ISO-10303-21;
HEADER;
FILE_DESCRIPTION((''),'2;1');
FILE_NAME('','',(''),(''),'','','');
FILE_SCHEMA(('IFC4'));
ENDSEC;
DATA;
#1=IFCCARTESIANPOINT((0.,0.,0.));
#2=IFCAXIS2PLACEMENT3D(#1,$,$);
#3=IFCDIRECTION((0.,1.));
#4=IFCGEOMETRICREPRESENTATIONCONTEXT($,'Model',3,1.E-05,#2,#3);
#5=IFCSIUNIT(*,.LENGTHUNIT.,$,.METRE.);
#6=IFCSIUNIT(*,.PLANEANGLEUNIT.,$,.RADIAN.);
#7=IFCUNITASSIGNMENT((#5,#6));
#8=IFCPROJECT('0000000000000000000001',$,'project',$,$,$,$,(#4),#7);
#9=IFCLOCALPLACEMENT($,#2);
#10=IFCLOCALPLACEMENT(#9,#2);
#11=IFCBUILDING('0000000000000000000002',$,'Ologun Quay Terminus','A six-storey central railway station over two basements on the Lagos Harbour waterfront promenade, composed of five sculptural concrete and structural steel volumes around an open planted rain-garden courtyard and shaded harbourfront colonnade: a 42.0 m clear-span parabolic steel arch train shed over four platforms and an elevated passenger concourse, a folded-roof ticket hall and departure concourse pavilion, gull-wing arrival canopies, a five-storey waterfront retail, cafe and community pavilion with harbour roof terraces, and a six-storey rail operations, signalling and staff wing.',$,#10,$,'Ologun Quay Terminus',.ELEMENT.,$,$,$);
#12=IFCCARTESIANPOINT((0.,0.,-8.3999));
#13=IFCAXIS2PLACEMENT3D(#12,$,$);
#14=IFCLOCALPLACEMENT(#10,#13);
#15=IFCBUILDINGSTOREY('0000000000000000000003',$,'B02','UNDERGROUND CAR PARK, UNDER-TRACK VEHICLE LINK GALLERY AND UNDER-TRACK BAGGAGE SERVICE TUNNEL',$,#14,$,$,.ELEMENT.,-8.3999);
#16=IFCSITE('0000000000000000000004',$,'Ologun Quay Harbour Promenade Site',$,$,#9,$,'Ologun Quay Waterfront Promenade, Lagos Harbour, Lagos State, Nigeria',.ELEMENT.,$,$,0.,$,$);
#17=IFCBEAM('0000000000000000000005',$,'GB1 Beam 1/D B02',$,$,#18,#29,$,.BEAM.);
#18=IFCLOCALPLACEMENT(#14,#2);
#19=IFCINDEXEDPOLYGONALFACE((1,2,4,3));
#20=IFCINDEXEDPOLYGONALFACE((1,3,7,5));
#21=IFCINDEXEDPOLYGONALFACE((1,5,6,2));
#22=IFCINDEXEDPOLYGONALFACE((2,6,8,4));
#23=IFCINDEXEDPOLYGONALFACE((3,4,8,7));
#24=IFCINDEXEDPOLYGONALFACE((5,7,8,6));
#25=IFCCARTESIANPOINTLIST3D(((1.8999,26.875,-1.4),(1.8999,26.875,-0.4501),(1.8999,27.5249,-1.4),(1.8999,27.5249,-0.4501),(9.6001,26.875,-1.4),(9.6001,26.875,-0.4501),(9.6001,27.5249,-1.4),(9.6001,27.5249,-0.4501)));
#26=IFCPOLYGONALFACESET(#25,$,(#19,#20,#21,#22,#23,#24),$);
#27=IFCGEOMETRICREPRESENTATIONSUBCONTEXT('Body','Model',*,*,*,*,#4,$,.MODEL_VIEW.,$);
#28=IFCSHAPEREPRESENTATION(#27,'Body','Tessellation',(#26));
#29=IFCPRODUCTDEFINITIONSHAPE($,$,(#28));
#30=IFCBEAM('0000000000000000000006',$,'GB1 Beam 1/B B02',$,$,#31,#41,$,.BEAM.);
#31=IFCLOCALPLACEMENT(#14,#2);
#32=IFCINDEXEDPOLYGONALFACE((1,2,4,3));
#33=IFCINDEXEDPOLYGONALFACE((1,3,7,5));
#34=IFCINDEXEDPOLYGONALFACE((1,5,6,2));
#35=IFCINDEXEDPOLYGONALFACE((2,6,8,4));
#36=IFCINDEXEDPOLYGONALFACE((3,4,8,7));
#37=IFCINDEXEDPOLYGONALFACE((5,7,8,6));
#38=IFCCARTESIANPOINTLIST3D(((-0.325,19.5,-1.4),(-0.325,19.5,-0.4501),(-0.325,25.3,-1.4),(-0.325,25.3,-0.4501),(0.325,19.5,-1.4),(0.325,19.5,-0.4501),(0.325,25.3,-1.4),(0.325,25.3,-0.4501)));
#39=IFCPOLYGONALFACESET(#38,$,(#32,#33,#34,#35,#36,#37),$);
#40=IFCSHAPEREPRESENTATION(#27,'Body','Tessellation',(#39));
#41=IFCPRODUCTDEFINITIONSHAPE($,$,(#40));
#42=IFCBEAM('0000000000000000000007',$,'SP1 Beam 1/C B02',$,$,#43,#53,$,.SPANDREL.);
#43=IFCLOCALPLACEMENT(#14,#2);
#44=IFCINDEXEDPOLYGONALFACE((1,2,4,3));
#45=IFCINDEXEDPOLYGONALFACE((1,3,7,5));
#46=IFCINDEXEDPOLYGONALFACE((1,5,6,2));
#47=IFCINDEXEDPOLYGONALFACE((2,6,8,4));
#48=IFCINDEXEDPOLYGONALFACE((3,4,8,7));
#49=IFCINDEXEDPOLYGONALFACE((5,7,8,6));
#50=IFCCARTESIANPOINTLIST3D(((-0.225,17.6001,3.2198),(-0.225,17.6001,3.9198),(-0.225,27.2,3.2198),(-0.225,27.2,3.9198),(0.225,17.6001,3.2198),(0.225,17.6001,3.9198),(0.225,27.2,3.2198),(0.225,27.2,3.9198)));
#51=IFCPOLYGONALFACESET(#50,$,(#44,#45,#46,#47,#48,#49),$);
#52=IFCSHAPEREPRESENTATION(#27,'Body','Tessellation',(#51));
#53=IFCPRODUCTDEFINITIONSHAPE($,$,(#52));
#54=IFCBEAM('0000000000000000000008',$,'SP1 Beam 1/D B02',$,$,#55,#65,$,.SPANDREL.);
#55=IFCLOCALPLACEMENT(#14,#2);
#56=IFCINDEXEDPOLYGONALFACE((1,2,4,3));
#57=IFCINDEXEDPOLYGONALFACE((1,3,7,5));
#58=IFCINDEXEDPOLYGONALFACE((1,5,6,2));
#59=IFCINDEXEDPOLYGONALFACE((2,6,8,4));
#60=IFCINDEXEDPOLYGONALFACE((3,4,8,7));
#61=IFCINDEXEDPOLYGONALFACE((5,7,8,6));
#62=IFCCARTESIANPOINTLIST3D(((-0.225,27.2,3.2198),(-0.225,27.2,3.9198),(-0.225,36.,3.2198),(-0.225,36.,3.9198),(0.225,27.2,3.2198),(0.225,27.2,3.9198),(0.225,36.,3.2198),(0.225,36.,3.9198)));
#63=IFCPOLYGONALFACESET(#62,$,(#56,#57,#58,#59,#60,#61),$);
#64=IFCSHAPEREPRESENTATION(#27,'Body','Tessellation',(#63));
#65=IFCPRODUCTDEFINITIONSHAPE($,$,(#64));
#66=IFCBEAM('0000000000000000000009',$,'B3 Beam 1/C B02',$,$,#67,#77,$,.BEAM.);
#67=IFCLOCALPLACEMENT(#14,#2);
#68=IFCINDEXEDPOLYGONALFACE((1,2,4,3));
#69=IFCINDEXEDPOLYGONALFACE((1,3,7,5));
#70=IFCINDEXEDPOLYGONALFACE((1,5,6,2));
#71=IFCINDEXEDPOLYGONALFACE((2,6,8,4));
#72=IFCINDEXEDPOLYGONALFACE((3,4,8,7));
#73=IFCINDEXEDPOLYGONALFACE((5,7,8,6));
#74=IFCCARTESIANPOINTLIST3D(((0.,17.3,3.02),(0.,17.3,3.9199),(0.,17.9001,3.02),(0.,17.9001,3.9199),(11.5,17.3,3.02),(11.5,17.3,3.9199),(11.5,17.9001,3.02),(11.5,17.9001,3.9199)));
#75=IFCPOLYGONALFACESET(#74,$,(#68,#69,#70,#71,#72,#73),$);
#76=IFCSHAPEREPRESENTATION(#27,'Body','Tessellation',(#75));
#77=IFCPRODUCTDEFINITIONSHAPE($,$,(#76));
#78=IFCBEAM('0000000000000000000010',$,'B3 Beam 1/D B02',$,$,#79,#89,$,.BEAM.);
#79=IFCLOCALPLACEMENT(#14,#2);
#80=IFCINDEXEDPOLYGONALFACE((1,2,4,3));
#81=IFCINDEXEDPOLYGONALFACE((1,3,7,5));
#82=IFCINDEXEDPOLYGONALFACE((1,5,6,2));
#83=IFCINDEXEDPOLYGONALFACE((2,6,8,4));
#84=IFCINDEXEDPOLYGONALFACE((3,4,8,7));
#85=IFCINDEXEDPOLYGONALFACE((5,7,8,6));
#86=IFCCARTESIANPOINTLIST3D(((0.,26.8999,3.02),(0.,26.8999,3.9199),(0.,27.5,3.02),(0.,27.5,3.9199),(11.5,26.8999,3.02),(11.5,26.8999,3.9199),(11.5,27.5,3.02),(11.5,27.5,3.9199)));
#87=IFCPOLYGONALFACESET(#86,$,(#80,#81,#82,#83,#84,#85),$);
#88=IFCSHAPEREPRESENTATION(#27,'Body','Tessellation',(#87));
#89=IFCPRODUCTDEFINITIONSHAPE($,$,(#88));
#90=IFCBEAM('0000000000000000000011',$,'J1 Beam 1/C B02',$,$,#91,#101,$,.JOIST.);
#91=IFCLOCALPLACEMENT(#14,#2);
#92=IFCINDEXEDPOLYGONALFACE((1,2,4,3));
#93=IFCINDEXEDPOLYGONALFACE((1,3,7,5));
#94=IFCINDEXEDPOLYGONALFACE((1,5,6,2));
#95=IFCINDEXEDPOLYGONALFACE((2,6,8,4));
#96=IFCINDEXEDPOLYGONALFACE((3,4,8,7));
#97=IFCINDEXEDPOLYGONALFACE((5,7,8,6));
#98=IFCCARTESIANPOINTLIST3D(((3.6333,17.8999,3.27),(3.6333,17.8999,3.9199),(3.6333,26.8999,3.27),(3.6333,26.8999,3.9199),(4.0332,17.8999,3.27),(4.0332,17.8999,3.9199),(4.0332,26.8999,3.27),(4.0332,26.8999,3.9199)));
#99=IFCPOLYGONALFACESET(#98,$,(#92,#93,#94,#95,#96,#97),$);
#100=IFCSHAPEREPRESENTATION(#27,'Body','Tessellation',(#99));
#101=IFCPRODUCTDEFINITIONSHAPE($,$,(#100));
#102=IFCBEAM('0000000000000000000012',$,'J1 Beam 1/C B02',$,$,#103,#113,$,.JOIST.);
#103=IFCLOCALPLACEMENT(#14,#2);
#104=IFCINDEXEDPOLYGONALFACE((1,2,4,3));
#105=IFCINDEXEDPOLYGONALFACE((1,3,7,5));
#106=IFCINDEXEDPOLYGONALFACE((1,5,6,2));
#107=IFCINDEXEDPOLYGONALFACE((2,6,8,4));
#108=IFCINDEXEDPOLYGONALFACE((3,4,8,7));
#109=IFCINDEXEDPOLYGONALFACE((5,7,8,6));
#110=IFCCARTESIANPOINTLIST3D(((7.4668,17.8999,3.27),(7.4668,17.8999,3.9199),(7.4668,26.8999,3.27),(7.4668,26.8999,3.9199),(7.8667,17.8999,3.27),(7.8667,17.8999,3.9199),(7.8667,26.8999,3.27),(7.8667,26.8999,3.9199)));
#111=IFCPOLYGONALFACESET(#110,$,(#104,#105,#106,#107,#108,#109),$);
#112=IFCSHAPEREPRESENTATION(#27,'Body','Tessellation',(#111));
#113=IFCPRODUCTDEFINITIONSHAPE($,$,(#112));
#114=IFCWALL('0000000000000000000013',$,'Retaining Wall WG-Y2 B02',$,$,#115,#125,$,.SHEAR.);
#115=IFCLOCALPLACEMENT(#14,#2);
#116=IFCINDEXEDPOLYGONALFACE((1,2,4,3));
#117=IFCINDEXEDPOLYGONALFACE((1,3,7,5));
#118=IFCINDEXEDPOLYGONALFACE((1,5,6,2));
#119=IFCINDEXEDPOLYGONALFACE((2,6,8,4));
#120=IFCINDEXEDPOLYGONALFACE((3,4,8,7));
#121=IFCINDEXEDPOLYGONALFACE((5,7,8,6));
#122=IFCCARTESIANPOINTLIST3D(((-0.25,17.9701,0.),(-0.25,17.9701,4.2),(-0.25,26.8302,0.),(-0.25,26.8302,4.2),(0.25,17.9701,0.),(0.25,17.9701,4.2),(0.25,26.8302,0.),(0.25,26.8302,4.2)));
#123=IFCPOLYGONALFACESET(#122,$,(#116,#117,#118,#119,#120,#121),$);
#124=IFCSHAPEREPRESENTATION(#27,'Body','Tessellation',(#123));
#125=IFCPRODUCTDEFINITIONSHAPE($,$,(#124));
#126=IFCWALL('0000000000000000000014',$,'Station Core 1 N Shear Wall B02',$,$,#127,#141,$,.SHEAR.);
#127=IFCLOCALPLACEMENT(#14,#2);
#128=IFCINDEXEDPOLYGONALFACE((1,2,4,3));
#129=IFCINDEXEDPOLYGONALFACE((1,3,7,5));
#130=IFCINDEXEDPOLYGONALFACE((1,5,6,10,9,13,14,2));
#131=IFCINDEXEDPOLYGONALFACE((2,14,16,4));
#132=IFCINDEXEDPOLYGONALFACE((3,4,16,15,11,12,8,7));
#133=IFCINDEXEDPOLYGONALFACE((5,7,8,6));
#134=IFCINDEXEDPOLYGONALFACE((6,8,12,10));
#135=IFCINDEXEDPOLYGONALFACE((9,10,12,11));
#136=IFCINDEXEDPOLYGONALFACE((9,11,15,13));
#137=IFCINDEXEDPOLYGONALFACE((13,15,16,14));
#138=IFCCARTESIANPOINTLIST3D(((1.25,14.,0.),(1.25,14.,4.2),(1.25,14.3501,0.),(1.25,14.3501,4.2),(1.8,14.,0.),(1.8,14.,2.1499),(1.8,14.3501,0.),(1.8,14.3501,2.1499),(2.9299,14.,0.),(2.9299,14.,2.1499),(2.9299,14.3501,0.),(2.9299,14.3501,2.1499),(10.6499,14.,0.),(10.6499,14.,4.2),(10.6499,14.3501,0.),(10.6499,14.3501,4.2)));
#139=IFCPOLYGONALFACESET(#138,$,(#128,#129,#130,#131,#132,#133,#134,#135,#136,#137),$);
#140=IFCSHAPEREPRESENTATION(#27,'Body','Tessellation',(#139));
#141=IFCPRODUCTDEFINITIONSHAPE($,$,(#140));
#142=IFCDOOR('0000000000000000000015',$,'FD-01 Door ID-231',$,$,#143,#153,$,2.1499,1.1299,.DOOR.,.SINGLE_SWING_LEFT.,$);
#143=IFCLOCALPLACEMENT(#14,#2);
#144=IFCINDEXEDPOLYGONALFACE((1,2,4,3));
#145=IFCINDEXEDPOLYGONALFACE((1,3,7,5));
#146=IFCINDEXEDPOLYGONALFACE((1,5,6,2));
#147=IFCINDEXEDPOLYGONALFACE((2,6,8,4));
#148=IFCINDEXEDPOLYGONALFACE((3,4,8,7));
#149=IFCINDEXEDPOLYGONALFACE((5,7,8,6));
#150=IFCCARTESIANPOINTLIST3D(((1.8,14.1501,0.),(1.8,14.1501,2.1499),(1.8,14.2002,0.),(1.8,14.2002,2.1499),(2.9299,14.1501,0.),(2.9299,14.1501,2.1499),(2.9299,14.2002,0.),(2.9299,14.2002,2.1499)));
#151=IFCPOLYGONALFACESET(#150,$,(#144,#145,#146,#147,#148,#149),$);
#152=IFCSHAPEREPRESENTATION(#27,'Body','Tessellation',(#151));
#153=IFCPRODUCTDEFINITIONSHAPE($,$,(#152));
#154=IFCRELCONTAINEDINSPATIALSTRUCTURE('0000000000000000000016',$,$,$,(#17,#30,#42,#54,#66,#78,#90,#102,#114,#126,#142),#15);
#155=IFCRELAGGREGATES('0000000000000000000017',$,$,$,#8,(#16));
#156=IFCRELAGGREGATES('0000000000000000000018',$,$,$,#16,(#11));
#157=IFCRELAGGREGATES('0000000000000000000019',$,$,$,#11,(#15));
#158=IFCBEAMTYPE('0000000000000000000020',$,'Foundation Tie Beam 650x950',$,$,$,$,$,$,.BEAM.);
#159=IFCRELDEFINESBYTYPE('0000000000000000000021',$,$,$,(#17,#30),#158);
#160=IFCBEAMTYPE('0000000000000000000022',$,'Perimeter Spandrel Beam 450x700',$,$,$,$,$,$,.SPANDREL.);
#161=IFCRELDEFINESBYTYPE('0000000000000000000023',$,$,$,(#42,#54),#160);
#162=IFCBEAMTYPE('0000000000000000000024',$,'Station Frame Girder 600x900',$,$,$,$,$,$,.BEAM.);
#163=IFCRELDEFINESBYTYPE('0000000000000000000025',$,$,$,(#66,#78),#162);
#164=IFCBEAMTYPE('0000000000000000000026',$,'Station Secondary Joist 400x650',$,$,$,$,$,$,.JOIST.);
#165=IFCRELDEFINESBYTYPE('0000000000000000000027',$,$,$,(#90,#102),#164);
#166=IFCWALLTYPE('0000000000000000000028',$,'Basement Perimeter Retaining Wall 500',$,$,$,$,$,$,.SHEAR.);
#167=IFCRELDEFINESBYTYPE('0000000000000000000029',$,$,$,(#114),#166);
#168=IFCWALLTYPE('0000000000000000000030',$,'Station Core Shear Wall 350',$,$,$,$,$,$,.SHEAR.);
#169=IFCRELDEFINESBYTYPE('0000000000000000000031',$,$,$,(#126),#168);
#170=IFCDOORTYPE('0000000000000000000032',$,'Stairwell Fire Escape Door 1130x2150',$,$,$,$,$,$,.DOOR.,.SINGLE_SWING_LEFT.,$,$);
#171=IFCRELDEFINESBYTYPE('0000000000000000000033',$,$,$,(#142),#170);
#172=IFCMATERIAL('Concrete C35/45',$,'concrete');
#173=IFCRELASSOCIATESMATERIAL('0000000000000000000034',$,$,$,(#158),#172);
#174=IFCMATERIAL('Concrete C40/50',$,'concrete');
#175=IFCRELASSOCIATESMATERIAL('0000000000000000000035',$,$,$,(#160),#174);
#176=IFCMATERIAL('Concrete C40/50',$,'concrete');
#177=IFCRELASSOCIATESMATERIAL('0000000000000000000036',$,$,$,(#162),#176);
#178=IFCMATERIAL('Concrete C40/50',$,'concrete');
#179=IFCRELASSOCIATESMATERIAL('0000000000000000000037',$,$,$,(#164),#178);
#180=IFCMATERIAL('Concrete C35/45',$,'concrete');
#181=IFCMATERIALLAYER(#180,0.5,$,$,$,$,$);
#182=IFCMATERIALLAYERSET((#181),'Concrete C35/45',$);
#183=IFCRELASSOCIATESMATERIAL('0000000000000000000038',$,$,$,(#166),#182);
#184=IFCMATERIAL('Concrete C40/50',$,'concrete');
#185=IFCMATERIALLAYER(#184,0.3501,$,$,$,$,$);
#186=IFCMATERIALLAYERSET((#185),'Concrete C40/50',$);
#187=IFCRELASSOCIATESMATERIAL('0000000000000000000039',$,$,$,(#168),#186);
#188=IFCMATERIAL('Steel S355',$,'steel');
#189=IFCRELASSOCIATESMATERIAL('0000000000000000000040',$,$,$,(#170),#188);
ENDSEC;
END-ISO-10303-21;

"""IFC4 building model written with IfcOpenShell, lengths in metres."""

from ifc_helpers import new_model, si_unit, direction, frame, frame_2d, origin, origin_2d, place, context, subcontext, project, spatial, rectangle, extrude, material, layer, layer_set, material_profile, profile_set, type_object, element, fill, save


model = new_model("IFC4")

# Units and contexts
model_context = context("Model", 3, precision=1e-05, world=origin(), true_north=direction((0.0, 1.0)))
body_context = subcontext(model_context, "Body", "Model", "MODEL_VIEW")
ifc_project = project(units=[si_unit("LENGTHUNIT", "METRE"), si_unit("PLANEANGLEUNIT", "RADIAN")], contexts=[model_context])

# Site, building, storey
site_placement = place(None, origin())
site = spatial("IfcSite", under=ifc_project, at=site_placement, Name="Ologun Quay Harbour Promenade Site", LongName="Ologun Quay Waterfront Promenade, Lagos Harbour, Lagos State, Nigeria", CompositionType="ELEMENT", RefElevation=0.0)
building_placement = place(site_placement, origin())
building = spatial("IfcBuilding", under=site, at=building_placement, Name="Ologun Quay Terminus", Description="A six-storey central railway station over two basements on the Lagos Harbour waterfront promenade, composed of five sculptural concrete and structural steel volumes around an open planted rain-garden courtyard and shaded harbourfront colonnade: a 42.0 m clear-span parabolic steel arch train shed over four platforms and an elevated passenger concourse, a folded-roof ticket hall and departure concourse pavilion, gull-wing arrival canopies, a five-storey waterfront retail, cafe and community pavilion with harbour roof terraces, and a six-storey rail operations, signalling and staff wing.", LongName="Ologun Quay Terminus", CompositionType="ELEMENT")
storey_placement = place(building_placement, frame((0.0, 0.0, -8.3999)))
storey = spatial("IfcBuildingStorey", under=building, at=storey_placement, Name="B02", Description="UNDERGROUND CAR PARK, UNDER-TRACK VEHICLE LINK GALLERY AND UNDER-TRACK BAGGAGE SERVICE TUNNEL", CompositionType="ELEMENT", Elevation=-8.3999)

# Beams
ifc_material_1 = material(Name="Concrete C35/45", Category="concrete")
ifc_material_profile_1 = material_profile(ifc_material_1, rectangle(XDim=0.6499, YDim=0.95, at=origin_2d()), Name="RC 650x950")
ifc_profile_set_1 = profile_set([ifc_material_profile_1], Name="Concrete C35/45")
beam_type_1 = type_object("IfcBeamType", Name="Foundation Tie Beam 650x950", PredefinedType="BEAM", material=ifc_profile_set_1)
for number, where, z_axis, x_axis, name in (
    (1, (1.8999, 27.2, -0.925), (1.0, 0.0, 0.0), (0.0, 1.0, 0.0), "GB1 Beam 1/D B02"),
):
    element("IfcBeam", number, at=place(storey_placement, frame(where, z_axis=z_axis, x_axis=x_axis)), inside=storey, type_object=beam_type_1, Name=name, PredefinedType="BEAM", context=body_context, shape_type="SweptSolid", body=[
        extrude(rectangle(XDim=0.6499, YDim=0.95, at=origin_2d()), origin(), (0.0, 0.0, 1.0), 7.7002),
    ])
beam_1_placement = place(storey_placement, frame((0.0, 19.5, -0.925), z_axis=(0.0, 1.0, 0.0), x_axis=(-1.0, 0.0, 0.0)))
element("IfcBeam", 2, at=beam_1_placement, inside=storey, type_object=beam_type_1, Name="GB1 Beam 1/B B02", PredefinedType="BEAM", context=body_context, shape_type="SweptSolid", body=[
    extrude(rectangle(XDim=0.6499, YDim=0.95, at=origin_2d()), origin(), (0.0, 0.0, 1.0), 5.8),
])
ifc_material_2 = material(Name="Concrete C40/50", Category="concrete")
ifc_material_profile_2 = material_profile(ifc_material_2, rectangle(XDim=0.45, YDim=0.7, at=origin_2d()), Name="RC 450x700")
ifc_profile_set_2 = profile_set([ifc_material_profile_2], Name="Concrete C40/50")
beam_type_2 = type_object("IfcBeamType", Name="Perimeter Spandrel Beam 450x700", PredefinedType="SPANDREL", material=ifc_profile_set_2)
beam_2_placement = place(storey_placement, frame((0.0, 17.6001, 3.5698), z_axis=(0.0, 1.0, 0.0), x_axis=(-1.0, 0.0, 0.0)))
element("IfcBeam", 3, at=beam_2_placement, inside=storey, type_object=beam_type_2, Name="SP1 Beam 1/C B02", PredefinedType="SPANDREL", context=body_context, shape_type="SweptSolid", body=[
    extrude(rectangle(XDim=0.45, YDim=0.7, at=origin_2d()), origin(), (0.0, 0.0, 1.0), 9.5999),
])
beam_3_placement = place(storey_placement, frame((0.0, 27.2, 3.5698), z_axis=(0.0, 1.0, 0.0), x_axis=(-1.0, 0.0, 0.0)))
element("IfcBeam", 4, at=beam_3_placement, inside=storey, type_object=beam_type_2, Name="SP1 Beam 1/D B02", PredefinedType="SPANDREL", context=body_context, shape_type="SweptSolid", body=[
    extrude(rectangle(XDim=0.45, YDim=0.7, at=origin_2d()), origin(), (0.0, 0.0, 1.0), 8.8),
])
ifc_material_3 = material(Name="Concrete C40/50", Category="concrete")
ifc_material_profile_3 = material_profile(ifc_material_3, rectangle(XDim=0.6001, YDim=0.8999, at=origin_2d()), Name="RC 600x900")
ifc_profile_set_3 = profile_set([ifc_material_profile_3], Name="Concrete C40/50")
beam_type_3 = type_object("IfcBeamType", Name="Station Frame Girder 600x900", PredefinedType="BEAM", material=ifc_profile_set_3)
for number, where, z_axis, x_axis, name in (
    (5, (0.0, 17.6001, 3.47), (1.0, 0.0, 0.0), (0.0, 1.0, 0.0), "B3 Beam 1/C B02"),
    (6, (0.0, 27.2, 3.47), (1.0, 0.0, 0.0), (0.0, 1.0, 0.0), "B3 Beam 1/D B02"),
):
    element("IfcBeam", number, at=place(storey_placement, frame(where, z_axis=z_axis, x_axis=x_axis)), inside=storey, type_object=beam_type_3, Name=name, PredefinedType="BEAM", context=body_context, shape_type="SweptSolid", body=[
        extrude(rectangle(XDim=0.6001, YDim=0.8999, at=origin_2d()), origin(), (0.0, 0.0, 1.0), 11.5),
    ])
ifc_material_4 = material(Name="Concrete C40/50", Category="concrete")
ifc_material_profile_4 = material_profile(ifc_material_4, rectangle(XDim=0.3999, YDim=0.6499, at=origin_2d()), Name="RC 400x650")
ifc_profile_set_4 = profile_set([ifc_material_profile_4], Name="Concrete C40/50")
beam_type_4 = type_object("IfcBeamType", Name="Station Secondary Joist 400x650", PredefinedType="JOIST", material=ifc_profile_set_4)
for number, where, z_axis, x_axis, name in (
    (7, (3.8333, 17.8999, 3.595), (0.0, 1.0, 0.0), (-1.0, 0.0, 0.0), "J1 Beam 1/C B02"),
    (8, (7.6667, 17.8999, 3.595), (0.0, 1.0, 0.0), (-1.0, 0.0, 0.0), "J1 Beam 1/C B02"),
):
    element("IfcBeam", number, at=place(storey_placement, frame(where, z_axis=z_axis, x_axis=x_axis)), inside=storey, type_object=beam_type_4, Name=name, PredefinedType="JOIST", context=body_context, shape_type="SweptSolid", body=[
        extrude(rectangle(XDim=0.3999, YDim=0.6499, at=origin_2d()), origin(), (0.0, 0.0, 1.0), 9.0),
    ])

# Wall
ifc_material_5 = material(Name="Concrete C35/45", Category="concrete")
ifc_layer_1 = layer(ifc_material_5, 0.5)
ifc_layer_set_1 = layer_set([ifc_layer_1], Name="Concrete C35/45")
wall_type_1 = type_object("IfcWallType", Name="Basement Perimeter Retaining Wall 500", PredefinedType="SHEAR", material=ifc_layer_set_1)
wall_1_placement = place(storey_placement, frame((0.0, 17.97, 0.0), z_axis=(0.0, 0.0, 1.0), x_axis=(0.0, 1.0, 0.0)))
element("IfcWall", 9, at=wall_1_placement, inside=storey, type_object=wall_type_1, Name="Retaining Wall WG-Y2 B02", PredefinedType="SHEAR", context=body_context, shape_type="SweptSolid", body=[
    extrude(rectangle(XDim=8.8601, YDim=0.5, at=frame_2d((4.4302, 0.0))), origin(), (0.0, 0.0, 1.0), 4.2),
])

# Wall, opening, door
ifc_material_6 = material(Name="Concrete C40/50", Category="concrete")
ifc_layer_2 = layer(ifc_material_6, 0.3501)
ifc_layer_set_2 = layer_set([ifc_layer_2], Name="Concrete C40/50")
wall_type_2 = type_object("IfcWallType", Name="Station Core Shear Wall 350", PredefinedType="SHEAR", material=ifc_layer_set_2)
wall_2_placement = place(storey_placement, frame((1.25, 14.175, 0.0), z_axis=(0.0, 0.0, 1.0), x_axis=(1.0, 0.0, 0.0)))
wall_2 = element("IfcWall", 10, at=wall_2_placement, inside=storey, type_object=wall_type_2, Name="Station Core 1 N Shear Wall B02", PredefinedType="SHEAR", context=body_context, shape_type="SweptSolid", body=[
    extrude(rectangle(XDim=9.3999, YDim=0.3501, at=frame_2d((4.7, 0.0))), origin(), (0.0, 0.0, 1.0), 4.2),
])
opening_placement = place(wall_2_placement, frame((0.55, 0.0, 0.0)))
opening = element("IfcOpeningElement", 11, at=opening_placement, cuts=wall_2, PredefinedType="OPENING", context=body_context, shape_type="SweptSolid", body=[
    extrude(rectangle(XDim=1.1299, YDim=2.1499, at=frame_2d((0.5649, 1.075))), frame((0.0, 0.1851, 0.0), z_axis=(0.0, -1.0, 0.0), x_axis=(1.0, 0.0, 0.0)), (0.0, 0.0, 1.0), 0.3701),
])
ifc_material_7 = material(Name="Steel S355", Category="steel")
door_type = type_object("IfcDoorType", Name="Stairwell Fire Escape Door 1130x2150", OperationType="SINGLE_SWING_LEFT", PredefinedType="DOOR", material=ifc_material_7)
door_placement = place(opening_placement, frame((0.5649, 0.0, 0.0), z_axis=(0.0, 0.0, 1.0), x_axis=(-1.0, 0.0, 0.0)))
door = element("IfcDoor", 12, at=door_placement, inside=storey, type_object=door_type, Name="FD-01 Door ID-231", OperationType="SINGLE_SWING_LEFT", OverallHeight=2.1499, OverallWidth=1.1299, PredefinedType="DOOR", context=body_context, shape_type="SweptSolid", body=[
    extrude(rectangle(XDim=1.1299, YDim=2.1499, at=frame_2d((0.0, 1.075))), frame((0.0, 0.0249, 0.0), z_axis=(0.0, -1.0, 0.0), x_axis=(1.0, 0.0, 0.0)), (0.0, 0.0, 1.0), 0.05),
])
fill(opening, door)

save(model, "model.ifc")
